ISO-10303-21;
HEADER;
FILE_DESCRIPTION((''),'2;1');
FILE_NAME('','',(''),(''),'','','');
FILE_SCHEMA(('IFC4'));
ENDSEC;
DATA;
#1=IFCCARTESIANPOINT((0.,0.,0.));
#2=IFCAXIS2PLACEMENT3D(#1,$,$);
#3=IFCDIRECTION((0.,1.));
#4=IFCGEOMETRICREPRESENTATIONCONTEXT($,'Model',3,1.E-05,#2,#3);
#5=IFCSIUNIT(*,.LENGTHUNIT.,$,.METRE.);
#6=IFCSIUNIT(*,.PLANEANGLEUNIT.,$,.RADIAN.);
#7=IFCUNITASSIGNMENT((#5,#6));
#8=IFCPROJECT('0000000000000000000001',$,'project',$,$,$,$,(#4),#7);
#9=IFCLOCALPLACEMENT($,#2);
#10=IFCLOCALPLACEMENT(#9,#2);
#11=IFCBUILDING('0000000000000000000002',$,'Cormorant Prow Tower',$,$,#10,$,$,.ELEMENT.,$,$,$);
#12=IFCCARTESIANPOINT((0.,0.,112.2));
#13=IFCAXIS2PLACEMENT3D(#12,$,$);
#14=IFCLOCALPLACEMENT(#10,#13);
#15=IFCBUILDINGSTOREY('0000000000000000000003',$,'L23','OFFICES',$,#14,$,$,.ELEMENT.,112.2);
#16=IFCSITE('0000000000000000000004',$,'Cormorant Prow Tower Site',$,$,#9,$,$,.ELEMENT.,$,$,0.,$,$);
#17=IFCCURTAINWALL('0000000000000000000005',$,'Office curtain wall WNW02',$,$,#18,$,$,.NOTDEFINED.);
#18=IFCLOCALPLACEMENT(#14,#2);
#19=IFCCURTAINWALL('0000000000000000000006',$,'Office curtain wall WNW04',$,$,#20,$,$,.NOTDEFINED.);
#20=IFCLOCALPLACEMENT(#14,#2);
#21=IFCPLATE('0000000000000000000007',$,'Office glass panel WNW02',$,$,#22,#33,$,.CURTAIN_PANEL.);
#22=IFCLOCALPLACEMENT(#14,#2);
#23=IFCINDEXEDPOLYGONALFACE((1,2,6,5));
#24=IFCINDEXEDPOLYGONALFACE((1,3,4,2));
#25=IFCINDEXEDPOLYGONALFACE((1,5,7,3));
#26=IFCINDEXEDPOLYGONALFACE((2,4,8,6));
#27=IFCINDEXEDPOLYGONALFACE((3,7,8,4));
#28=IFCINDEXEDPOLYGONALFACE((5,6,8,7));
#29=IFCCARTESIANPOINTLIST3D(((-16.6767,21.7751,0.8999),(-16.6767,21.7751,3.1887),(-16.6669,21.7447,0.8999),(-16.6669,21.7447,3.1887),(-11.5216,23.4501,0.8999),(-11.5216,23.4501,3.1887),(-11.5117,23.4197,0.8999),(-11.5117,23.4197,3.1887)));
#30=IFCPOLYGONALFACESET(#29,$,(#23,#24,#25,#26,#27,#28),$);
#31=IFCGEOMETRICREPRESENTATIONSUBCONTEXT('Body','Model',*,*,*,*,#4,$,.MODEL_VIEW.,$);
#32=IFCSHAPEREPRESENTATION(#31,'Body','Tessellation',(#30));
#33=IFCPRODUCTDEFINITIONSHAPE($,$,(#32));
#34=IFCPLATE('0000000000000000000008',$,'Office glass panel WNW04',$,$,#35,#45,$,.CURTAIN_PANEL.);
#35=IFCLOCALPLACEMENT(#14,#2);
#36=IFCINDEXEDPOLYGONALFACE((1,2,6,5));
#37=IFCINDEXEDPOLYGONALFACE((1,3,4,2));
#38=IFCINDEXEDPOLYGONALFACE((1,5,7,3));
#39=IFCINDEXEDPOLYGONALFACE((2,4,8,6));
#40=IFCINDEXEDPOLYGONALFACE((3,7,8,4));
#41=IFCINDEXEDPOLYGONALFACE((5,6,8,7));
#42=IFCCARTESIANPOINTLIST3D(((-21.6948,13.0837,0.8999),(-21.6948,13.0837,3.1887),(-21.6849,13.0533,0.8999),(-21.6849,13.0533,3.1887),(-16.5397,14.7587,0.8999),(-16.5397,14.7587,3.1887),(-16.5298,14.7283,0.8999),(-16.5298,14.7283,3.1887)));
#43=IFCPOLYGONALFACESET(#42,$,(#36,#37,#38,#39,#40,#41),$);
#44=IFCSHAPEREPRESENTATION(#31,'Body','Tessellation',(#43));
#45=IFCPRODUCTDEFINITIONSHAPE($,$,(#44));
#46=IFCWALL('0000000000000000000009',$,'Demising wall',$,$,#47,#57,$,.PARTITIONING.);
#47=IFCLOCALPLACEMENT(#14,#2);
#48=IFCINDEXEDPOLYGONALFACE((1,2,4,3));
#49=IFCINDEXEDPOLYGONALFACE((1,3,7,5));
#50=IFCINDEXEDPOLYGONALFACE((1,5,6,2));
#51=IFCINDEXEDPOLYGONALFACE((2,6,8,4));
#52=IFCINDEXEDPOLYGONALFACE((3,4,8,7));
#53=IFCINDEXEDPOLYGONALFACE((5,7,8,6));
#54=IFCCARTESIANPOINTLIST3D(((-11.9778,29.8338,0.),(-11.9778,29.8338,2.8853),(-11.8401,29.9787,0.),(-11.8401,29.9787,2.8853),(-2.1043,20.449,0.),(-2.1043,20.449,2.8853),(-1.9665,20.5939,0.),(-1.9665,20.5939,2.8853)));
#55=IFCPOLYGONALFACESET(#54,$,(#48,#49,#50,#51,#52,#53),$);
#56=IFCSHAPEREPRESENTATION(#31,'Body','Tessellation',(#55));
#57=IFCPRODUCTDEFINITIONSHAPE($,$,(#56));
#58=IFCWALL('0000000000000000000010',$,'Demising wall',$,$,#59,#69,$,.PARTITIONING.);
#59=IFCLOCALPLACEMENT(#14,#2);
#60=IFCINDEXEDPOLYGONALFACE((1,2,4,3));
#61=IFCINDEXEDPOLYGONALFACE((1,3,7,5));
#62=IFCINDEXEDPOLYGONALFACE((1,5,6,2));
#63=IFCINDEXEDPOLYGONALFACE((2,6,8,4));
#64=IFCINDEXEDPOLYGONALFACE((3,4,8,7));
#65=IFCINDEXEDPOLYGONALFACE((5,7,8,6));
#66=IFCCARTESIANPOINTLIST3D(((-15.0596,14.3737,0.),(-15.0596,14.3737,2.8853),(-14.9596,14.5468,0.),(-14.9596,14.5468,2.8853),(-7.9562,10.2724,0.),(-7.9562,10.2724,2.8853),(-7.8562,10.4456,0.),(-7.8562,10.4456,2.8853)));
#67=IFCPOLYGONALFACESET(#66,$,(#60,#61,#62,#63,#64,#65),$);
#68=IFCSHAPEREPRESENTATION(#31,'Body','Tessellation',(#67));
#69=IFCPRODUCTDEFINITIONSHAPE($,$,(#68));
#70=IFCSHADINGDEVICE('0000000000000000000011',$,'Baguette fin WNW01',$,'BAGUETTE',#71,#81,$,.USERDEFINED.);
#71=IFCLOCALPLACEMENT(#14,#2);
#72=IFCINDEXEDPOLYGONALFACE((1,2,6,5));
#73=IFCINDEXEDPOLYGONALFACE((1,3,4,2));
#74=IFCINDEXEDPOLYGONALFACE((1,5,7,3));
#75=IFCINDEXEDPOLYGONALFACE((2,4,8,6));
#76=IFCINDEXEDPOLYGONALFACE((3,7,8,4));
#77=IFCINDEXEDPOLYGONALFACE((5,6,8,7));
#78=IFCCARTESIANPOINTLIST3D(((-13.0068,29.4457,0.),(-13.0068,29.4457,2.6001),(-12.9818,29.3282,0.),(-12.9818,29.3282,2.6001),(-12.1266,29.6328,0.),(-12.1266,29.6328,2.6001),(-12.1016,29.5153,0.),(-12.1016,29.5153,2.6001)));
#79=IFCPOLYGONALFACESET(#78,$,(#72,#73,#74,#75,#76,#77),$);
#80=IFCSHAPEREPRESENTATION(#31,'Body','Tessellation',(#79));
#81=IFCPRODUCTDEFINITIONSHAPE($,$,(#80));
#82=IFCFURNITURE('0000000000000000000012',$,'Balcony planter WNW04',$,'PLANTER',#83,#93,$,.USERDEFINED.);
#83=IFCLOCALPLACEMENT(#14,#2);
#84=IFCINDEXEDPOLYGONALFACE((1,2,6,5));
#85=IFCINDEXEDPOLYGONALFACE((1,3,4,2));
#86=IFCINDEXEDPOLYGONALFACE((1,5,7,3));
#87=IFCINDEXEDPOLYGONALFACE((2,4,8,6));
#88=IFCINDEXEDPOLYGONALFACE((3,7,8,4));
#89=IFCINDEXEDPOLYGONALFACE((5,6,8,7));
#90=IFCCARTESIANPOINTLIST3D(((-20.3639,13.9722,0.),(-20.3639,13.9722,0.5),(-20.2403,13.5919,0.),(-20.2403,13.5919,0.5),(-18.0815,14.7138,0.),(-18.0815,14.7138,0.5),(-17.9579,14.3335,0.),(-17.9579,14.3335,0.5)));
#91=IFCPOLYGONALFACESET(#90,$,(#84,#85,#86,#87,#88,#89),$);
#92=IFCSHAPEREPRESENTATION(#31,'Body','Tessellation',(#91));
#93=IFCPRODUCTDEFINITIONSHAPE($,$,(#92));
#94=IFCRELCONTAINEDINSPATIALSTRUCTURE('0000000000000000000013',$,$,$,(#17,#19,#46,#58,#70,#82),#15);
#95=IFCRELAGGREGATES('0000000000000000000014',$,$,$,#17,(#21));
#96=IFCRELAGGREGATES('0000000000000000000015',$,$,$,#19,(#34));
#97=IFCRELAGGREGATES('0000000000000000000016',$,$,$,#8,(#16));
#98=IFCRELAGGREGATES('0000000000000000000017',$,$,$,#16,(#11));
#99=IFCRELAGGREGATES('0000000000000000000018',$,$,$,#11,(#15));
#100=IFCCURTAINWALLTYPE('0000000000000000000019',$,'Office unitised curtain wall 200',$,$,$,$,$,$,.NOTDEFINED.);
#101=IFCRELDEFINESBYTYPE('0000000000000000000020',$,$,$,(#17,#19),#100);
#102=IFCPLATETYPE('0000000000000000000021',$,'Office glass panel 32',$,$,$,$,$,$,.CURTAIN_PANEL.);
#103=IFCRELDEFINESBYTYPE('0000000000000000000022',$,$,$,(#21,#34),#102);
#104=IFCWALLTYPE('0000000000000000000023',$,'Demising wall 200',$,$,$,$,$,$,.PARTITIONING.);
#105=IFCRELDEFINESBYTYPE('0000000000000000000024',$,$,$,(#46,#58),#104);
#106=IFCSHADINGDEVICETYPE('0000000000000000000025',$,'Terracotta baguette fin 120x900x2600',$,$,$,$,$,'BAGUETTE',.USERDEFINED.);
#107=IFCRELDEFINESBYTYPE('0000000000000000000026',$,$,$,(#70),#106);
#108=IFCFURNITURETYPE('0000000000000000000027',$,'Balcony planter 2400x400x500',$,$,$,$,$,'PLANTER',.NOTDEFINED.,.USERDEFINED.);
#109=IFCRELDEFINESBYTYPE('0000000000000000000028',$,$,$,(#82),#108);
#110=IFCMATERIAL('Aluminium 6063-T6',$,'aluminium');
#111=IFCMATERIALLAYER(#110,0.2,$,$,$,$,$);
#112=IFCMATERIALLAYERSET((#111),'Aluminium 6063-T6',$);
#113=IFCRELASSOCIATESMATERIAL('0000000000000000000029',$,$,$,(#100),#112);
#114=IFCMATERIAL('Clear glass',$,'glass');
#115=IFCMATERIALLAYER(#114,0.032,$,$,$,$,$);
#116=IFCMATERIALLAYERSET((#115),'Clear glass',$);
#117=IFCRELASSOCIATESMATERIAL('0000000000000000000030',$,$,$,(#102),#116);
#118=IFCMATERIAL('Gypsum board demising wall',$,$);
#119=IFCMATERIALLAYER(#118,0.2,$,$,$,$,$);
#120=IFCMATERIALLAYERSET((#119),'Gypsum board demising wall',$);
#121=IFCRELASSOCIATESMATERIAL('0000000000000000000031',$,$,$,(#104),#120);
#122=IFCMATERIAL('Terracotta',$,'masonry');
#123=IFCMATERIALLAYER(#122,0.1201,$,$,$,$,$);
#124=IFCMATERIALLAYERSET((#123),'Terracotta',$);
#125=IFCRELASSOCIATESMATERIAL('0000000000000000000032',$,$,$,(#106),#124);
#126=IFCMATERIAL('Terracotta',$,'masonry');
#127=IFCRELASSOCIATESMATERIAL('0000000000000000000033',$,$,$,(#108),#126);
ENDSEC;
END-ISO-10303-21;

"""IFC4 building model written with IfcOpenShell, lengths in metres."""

from ifc_helpers import new_model, si_unit, direction, frame, frame_2d, origin, origin_2d, place, context, subcontext, project, spatial, rectangle, extrude, material, layer, layer_set, type_object, element, aggregate, save


model = new_model("IFC4")

# Units and contexts
model_context = context("Model", 3, precision=1e-05, world=origin(), true_north=direction((0.0, 1.0)))
body_context = subcontext(model_context, "Body", "Model", "MODEL_VIEW")
ifc_project = project(units=[si_unit("LENGTHUNIT", "METRE"), si_unit("PLANEANGLEUNIT", "RADIAN")], contexts=[model_context])

# Site, building, storey
site_placement = place(None, origin())
site = spatial("IfcSite", under=ifc_project, at=site_placement, Name="Cormorant Prow Tower Site", CompositionType="ELEMENT", RefElevation=0.0)
building_placement = place(site_placement, origin())
building = spatial("IfcBuilding", under=site, at=building_placement, Name="Cormorant Prow Tower", CompositionType="ELEMENT")
storey_placement = place(building_placement, frame((0.0, 0.0, 112.2)))
storey = spatial("IfcBuildingStorey", under=building, at=storey_placement, Name="L23", Description="OFFICES", CompositionType="ELEMENT", Elevation=112.2)

# Curtain walls
ifc_material_1 = material(Name="Aluminium 6063-T6", Category="aluminium")
ifc_layer_1 = layer(ifc_material_1, 0.2)
ifc_layer_set_1 = layer_set([ifc_layer_1], Name="Aluminium 6063-T6")
curtain_wall_type = type_object("IfcCurtainWallType", Name="Office unitised curtain wall 200", PredefinedType="NOTDEFINED", material=ifc_layer_set_1)
curtain_wall_1_placement = place(storey_placement, origin())
curtain_wall_1 = element("IfcCurtainWall", 1, at=curtain_wall_1_placement, inside=storey, type_object=curtain_wall_type, Name="Office curtain wall WNW02", PredefinedType="NOTDEFINED")
curtain_wall_2_placement = place(storey_placement, origin())
curtain_wall_2 = element("IfcCurtainWall", 2, at=curtain_wall_2_placement, inside=storey, type_object=curtain_wall_type, Name="Office curtain wall WNW04", PredefinedType="NOTDEFINED")

# Plates
ifc_material_2 = material(Name="Clear glass", Category="glass")
ifc_layer_2 = layer(ifc_material_2, 0.032)
ifc_layer_set_2 = layer_set([ifc_layer_2], Name="Clear glass")
plate_type = type_object("IfcPlateType", Name="Office glass panel 32", PredefinedType="CURTAIN_PANEL", material=ifc_layer_set_2)
plate_1_placement = place(storey_placement, frame((-14.0942, 22.5974, 0.8999), z_axis=(0.0, 0.0, 1.0), x_axis=(-0.951057, -0.309017, 0.0)))
plate_1 = element("IfcPlate", 3, at=plate_1_placement, type_object=plate_type, Name="Office glass panel WNW02", PredefinedType="CURTAIN_PANEL", context=body_context, shape_type="SweptSolid", body=[
    extrude(rectangle(XDim=5.4204, YDim=0.032, at=origin_2d()), origin(), (0.0, 0.0, 1.0), 2.2888),
])
aggregate(curtain_wall_1, [plate_1])
plate_2_placement = place(storey_placement, frame((-19.1123, 13.906, 0.8999), z_axis=(0.0, 0.0, 1.0), x_axis=(-0.951057, -0.309017, 0.0)))
plate_2 = element("IfcPlate", 4, at=plate_2_placement, type_object=plate_type, Name="Office glass panel WNW04", PredefinedType="CURTAIN_PANEL", context=body_context, shape_type="SweptSolid", body=[
    extrude(rectangle(XDim=5.4204, YDim=0.032, at=origin_2d()), origin(), (0.0, 0.0, 1.0), 2.2888),
])
aggregate(curtain_wall_2, [plate_2])

# Walls
ifc_material_3 = material(Name="Gypsum board demising wall")
ifc_layer_3 = layer(ifc_material_3, 0.2)
ifc_layer_set_3 = layer_set([ifc_layer_3], Name="Gypsum board demising wall")
wall_type_1 = type_object("IfcWallType", Name="Demising wall 200", PredefinedType="PARTITIONING", material=ifc_layer_set_3)
wall_1_placement = place(storey_placement, frame((-11.9089, 29.9062, 0.0), z_axis=(0.0, 0.0, 1.0), x_axis=(0.72482, -0.688939, 0.0)))
element("IfcWall", 5, at=wall_1_placement, inside=storey, type_object=wall_type_1, Name="Demising wall", PredefinedType="PARTITIONING", context=body_context, shape_type="SweptSolid", body=[
    extrude(rectangle(XDim=13.6221, YDim=0.2, at=frame_2d((6.811, 0.0))), origin(), (0.0, 0.0, 1.0), 2.8853),
])
wall_2_placement = place(storey_placement, frame((-15.0095, 14.4602, 0.0), z_axis=(0.0, 0.0, 1.0), x_axis=(0.86602, -0.500009, 0.0)))
element("IfcWall", 6, at=wall_2_placement, inside=storey, type_object=wall_type_1, Name="Demising wall", PredefinedType="PARTITIONING", context=body_context, shape_type="SweptSolid", body=[
    extrude(rectangle(XDim=8.2024, YDim=0.2, at=frame_2d((4.1011, 0.0))), origin(), (0.0, 0.0, 1.0), 2.8853),
])

# Shading device
ifc_material_4 = material(Name="Terracotta", Category="masonry")
ifc_layer_4 = layer(ifc_material_4, 0.1201)
ifc_layer_set_4 = layer_set([ifc_layer_4], Name="Terracotta")
shading_device_type = type_object("IfcShadingDeviceType", Name="Terracotta baguette fin 120x900x2600", ElementType="BAGUETTE", PredefinedType="USERDEFINED", material=ifc_layer_set_4)
shading_device_placement = place(storey_placement, frame((-12.5542, 29.4805, 0.0), z_axis=(0.0, 0.0, 1.0), x_axis=(0.207912, -0.978148, 0.0)))
element("IfcShadingDevice", 7, at=shading_device_placement, inside=storey, type_object=shading_device_type, Name="Baguette fin WNW01", ObjectType="BAGUETTE", PredefinedType="USERDEFINED", context=body_context, shape_type="SweptSolid", body=[
    extrude(rectangle(XDim=0.1201, YDim=0.8999, at=origin_2d()), origin(), (0.0, 0.0, 1.0), 2.6001),
])

# Furniture
ifc_material_5 = material(Name="Terracotta", Category="masonry")
furniture_type = type_object("IfcFurnitureType", Name="Balcony planter 2400x400x500", ElementType="PLANTER", AssemblyPlace="NOTDEFINED", PredefinedType="USERDEFINED", material=ifc_material_5)
furniture_placement = place(storey_placement, frame((-19.1609, 14.1528, 0.0), z_axis=(0.0, 0.0, 1.0), x_axis=(-0.951057, -0.309017, 0.0)))
element("IfcFurniture", 8, at=furniture_placement, inside=storey, type_object=furniture_type, Name="Balcony planter WNW04", ObjectType="PLANTER", PredefinedType="USERDEFINED", context=body_context, shape_type="SweptSolid", body=[
    extrude(rectangle(XDim=2.3999, YDim=0.3999, at=origin_2d()), origin(), (0.0, 0.0, 1.0), 0.5),
])

save(model, "model.ifc")
